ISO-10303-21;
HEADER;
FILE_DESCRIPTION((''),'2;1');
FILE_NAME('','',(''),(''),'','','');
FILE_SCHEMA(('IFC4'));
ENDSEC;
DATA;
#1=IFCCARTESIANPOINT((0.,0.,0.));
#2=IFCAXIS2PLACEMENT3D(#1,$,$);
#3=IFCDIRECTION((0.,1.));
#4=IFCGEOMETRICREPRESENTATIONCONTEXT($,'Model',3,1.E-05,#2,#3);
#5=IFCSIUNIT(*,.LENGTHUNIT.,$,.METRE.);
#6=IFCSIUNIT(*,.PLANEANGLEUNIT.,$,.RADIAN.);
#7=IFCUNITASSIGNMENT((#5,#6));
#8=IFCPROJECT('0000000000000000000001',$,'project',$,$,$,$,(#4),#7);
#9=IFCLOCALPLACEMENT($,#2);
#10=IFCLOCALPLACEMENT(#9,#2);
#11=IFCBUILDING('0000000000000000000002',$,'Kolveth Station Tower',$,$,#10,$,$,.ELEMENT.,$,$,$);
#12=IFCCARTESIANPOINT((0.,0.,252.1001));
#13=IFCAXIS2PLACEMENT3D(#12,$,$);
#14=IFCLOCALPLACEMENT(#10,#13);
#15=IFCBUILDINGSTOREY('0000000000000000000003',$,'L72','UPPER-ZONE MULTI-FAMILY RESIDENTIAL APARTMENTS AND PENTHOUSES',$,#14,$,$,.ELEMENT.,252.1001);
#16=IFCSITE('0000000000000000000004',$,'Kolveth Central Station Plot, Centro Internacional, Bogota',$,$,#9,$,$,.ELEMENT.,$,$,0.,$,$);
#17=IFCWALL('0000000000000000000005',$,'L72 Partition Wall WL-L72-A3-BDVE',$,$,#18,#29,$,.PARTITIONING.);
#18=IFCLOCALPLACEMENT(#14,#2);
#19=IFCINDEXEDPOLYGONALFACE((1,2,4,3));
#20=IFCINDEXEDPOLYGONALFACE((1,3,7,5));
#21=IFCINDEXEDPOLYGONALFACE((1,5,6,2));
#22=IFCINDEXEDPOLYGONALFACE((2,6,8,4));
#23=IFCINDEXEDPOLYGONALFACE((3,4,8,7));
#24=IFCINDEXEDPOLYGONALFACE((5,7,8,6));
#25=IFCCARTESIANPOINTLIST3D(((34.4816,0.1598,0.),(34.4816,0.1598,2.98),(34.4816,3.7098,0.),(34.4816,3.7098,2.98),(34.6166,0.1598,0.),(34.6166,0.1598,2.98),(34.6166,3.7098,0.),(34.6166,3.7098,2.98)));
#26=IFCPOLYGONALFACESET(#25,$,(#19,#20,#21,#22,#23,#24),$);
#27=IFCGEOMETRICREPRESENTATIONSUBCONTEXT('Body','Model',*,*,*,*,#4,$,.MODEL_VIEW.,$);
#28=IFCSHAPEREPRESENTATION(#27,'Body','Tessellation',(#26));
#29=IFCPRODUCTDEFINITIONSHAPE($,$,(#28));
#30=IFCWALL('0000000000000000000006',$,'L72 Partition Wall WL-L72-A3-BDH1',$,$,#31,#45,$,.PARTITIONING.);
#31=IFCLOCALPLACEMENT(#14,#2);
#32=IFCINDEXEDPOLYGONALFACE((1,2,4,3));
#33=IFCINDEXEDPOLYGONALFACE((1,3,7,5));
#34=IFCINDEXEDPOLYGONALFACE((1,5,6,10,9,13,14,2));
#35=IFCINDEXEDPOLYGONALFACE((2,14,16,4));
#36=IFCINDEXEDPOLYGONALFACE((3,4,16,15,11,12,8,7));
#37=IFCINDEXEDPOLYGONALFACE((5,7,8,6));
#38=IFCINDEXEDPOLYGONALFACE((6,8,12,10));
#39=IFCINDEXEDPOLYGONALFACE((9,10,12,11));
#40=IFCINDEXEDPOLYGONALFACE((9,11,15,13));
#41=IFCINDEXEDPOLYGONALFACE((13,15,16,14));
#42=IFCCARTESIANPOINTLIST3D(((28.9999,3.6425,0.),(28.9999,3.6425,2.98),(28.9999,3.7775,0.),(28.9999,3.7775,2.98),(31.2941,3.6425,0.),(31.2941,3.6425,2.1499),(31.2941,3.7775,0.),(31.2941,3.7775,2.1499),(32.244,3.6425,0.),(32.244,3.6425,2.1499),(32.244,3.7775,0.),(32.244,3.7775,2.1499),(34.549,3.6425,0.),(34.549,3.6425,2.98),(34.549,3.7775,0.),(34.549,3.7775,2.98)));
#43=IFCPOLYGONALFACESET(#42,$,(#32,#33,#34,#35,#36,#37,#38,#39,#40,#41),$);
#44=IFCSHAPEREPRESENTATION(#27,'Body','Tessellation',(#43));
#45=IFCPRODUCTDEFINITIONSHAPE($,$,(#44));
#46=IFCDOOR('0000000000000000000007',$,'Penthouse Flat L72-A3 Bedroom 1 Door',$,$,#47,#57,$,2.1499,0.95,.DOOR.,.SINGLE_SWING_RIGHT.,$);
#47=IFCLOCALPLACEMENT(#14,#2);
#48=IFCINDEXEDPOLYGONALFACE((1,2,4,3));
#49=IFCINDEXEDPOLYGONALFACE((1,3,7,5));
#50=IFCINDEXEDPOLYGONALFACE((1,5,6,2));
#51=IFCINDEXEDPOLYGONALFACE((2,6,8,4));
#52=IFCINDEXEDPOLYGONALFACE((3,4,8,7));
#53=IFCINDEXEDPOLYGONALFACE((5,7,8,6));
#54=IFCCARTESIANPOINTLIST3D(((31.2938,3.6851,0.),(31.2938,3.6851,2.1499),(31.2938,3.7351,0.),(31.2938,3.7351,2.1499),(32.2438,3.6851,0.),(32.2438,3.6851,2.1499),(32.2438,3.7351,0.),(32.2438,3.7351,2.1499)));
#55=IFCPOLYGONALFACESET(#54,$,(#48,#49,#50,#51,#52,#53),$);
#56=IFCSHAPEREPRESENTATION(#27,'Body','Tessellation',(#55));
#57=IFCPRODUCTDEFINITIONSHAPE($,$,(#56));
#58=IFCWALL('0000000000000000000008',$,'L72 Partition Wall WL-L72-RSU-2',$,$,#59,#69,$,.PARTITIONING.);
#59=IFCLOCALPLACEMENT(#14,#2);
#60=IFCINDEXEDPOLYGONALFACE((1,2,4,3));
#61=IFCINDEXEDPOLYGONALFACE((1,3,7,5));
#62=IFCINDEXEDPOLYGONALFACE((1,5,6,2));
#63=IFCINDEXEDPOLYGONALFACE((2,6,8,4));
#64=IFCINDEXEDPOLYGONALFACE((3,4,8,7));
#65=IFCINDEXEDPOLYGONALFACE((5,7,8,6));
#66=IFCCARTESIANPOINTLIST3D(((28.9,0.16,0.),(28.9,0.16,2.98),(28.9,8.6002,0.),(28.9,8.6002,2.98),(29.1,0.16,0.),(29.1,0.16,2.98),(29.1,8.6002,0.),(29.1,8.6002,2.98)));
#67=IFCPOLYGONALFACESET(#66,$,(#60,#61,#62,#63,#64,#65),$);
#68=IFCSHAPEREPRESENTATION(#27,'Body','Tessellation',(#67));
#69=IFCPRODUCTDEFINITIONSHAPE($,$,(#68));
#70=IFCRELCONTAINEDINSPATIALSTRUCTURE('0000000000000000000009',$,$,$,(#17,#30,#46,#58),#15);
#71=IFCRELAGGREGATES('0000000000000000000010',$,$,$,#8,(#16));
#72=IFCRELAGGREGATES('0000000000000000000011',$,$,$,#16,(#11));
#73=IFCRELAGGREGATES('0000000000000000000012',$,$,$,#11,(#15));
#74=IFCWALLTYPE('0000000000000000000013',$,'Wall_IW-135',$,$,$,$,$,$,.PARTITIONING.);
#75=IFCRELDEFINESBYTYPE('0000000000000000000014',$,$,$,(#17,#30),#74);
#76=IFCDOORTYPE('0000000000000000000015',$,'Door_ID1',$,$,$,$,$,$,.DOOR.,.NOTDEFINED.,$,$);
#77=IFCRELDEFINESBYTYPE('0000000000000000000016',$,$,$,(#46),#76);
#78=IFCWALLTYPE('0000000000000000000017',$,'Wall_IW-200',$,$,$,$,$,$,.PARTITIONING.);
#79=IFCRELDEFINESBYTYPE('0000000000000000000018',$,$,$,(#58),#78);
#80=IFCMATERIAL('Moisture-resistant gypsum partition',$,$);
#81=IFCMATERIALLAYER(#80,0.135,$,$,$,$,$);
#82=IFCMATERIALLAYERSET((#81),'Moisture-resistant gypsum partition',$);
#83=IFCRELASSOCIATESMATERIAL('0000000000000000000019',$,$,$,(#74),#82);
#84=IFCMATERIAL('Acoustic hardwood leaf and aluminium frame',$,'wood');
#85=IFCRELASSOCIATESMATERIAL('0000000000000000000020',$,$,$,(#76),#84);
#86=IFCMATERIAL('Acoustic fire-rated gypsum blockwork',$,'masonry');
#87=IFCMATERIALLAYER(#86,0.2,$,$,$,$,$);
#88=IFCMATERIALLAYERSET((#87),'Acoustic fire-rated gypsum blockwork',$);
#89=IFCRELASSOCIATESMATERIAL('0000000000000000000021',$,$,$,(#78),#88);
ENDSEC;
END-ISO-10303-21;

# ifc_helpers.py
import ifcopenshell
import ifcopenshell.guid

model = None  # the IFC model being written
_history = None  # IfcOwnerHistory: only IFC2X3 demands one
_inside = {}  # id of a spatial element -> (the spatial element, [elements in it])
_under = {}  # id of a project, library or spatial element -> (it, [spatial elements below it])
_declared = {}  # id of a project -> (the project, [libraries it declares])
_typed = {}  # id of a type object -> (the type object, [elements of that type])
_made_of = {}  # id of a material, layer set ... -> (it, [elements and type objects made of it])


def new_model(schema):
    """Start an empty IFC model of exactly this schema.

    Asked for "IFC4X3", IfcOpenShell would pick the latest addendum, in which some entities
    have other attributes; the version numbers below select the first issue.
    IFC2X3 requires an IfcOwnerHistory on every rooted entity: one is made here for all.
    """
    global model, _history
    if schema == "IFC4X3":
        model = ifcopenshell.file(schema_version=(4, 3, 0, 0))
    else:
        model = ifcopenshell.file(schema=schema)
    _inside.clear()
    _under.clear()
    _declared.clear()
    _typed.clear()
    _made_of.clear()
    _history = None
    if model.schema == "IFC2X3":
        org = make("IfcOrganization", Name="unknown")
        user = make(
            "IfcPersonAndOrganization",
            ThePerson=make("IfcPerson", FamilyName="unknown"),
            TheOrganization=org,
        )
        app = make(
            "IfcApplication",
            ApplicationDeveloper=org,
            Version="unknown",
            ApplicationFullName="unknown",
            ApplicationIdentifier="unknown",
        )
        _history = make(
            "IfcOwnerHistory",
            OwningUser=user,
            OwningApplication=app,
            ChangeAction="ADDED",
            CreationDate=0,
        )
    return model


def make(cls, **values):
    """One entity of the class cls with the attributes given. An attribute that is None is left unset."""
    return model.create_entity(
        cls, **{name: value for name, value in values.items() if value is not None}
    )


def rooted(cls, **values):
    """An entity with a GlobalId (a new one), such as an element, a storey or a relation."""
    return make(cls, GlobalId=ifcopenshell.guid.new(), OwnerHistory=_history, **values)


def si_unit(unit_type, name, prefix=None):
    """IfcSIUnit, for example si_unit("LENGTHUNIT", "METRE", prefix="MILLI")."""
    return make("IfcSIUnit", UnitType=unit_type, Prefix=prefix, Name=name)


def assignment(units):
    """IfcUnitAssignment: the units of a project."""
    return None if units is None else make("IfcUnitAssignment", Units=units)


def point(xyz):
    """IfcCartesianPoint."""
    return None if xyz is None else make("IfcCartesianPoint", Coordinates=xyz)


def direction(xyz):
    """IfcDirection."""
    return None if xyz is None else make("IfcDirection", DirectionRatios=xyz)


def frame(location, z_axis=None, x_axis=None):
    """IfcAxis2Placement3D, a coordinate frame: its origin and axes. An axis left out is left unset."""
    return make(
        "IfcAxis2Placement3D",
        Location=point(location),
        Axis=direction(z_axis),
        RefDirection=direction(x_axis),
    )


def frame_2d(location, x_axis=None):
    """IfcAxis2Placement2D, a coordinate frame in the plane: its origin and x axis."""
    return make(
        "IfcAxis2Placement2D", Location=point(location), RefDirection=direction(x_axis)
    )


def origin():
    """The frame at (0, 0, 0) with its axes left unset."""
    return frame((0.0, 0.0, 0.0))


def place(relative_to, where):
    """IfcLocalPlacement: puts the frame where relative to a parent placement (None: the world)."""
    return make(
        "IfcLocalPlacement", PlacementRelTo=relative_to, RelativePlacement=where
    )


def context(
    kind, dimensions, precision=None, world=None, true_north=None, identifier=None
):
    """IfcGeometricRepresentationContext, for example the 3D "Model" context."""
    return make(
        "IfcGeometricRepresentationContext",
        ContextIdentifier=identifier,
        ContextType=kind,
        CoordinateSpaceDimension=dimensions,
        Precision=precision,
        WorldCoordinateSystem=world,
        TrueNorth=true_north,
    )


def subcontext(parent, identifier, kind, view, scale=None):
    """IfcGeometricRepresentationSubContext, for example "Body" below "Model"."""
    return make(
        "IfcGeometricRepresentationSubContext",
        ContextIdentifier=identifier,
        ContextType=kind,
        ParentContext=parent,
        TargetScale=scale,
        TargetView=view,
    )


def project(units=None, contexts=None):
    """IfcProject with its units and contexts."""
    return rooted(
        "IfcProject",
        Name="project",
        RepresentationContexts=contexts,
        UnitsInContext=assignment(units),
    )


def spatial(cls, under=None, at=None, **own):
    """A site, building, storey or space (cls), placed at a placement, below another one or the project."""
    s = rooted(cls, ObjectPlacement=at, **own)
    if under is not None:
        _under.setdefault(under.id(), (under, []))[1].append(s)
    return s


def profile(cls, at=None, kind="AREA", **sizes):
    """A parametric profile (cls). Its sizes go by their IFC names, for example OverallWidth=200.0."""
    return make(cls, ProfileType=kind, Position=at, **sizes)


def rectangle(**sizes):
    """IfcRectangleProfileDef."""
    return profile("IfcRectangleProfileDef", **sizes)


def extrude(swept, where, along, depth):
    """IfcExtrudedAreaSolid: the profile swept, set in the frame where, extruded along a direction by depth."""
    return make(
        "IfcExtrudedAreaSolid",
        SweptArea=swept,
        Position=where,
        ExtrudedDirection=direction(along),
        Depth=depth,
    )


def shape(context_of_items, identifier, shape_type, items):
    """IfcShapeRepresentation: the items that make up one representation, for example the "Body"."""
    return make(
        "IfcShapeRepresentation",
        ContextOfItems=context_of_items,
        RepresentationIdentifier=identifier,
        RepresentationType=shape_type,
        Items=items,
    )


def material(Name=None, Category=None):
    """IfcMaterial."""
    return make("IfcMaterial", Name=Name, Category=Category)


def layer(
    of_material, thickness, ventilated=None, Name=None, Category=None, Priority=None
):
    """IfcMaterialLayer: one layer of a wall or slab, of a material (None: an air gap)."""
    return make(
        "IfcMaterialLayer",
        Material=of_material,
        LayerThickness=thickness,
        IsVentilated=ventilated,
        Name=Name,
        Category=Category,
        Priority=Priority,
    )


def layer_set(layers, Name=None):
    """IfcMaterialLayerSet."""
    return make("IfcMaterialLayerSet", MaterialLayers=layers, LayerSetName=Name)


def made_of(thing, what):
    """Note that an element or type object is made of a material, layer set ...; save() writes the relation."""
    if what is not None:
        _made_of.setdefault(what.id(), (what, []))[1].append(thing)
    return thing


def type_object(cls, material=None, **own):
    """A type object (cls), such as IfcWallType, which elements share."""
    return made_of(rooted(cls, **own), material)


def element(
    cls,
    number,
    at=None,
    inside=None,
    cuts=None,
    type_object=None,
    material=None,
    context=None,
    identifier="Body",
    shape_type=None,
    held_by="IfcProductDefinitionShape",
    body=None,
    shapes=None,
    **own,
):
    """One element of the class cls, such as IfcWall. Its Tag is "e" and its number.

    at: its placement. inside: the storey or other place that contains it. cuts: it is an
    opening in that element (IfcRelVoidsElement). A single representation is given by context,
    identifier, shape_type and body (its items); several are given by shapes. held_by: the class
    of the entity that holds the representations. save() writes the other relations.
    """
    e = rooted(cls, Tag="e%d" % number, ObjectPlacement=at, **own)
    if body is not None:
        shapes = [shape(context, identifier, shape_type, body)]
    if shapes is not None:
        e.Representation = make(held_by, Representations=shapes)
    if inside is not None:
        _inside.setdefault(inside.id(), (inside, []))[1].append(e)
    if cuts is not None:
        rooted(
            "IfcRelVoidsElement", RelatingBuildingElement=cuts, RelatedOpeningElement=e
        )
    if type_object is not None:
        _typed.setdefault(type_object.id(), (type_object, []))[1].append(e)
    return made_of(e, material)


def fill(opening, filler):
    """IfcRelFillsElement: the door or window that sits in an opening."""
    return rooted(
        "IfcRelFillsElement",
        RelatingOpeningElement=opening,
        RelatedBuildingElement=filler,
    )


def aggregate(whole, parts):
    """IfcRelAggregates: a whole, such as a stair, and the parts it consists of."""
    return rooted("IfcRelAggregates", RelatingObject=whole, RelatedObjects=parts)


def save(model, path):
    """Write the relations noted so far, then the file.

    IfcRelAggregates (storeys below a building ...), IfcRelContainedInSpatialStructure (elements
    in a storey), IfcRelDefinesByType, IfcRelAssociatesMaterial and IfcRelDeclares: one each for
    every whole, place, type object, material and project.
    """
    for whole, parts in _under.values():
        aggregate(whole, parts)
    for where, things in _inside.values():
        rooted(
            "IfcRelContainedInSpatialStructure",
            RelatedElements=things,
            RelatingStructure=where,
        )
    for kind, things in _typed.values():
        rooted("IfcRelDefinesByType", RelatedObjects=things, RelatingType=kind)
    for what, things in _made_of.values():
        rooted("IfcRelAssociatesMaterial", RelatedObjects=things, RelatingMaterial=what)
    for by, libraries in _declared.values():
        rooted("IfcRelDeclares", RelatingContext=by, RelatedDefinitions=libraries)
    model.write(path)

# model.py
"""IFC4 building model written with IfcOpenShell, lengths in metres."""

from ifc_helpers import new_model, si_unit, direction, frame, frame_2d, origin, place, context, subcontext, project, spatial, rectangle, extrude, material, layer, layer_set, type_object, element, fill, save


model = new_model("IFC4")

# Units and contexts
model_context = context("Model", 3, precision=1e-05, world=origin(), true_north=direction((0.0, 1.0)))
body_context = subcontext(model_context, "Body", "Model", "MODEL_VIEW")
ifc_project = project(units=[si_unit("LENGTHUNIT", "METRE"), si_unit("PLANEANGLEUNIT", "RADIAN")], contexts=[model_context])

# Site, building, storey
site_placement = place(None, origin())
site = spatial("IfcSite", under=ifc_project, at=site_placement, Name="Kolveth Central Station Plot, Centro Internacional, Bogota", CompositionType="ELEMENT", RefElevation=0.0)
building_placement = place(site_placement, origin())
building = spatial("IfcBuilding", under=site, at=building_placement, Name="Kolveth Station Tower", CompositionType="ELEMENT")
storey_placement = place(building_placement, frame((0.0, 0.0, 252.1001)))
storey = spatial("IfcBuildingStorey", under=building, at=storey_placement, Name="L72", Description="UPPER-ZONE MULTI-FAMILY RESIDENTIAL APARTMENTS AND PENTHOUSES", CompositionType="ELEMENT", Elevation=252.1001)

# Shared definitions
ifc_material_1 = material(Name="Moisture-resistant gypsum partition")
ifc_layer_1 = layer(ifc_material_1, 0.135)
ifc_layer_set_1 = layer_set([ifc_layer_1], Name="Moisture-resistant gypsum partition")
wall_type_1 = type_object("IfcWallType", Name="Wall_IW-135", PredefinedType="PARTITIONING", material=ifc_layer_set_1)

# Wall
for number, where, z_axis, x_axis, name in (
    (1, (34.5491, 0.1599, 0.0), (0.0, 0.0, 1.0), (0.0, 1.0, 0.0), "L72 Partition Wall WL-L72-A3-BDVE"),
):
    element("IfcWall", number, at=place(storey_placement, frame(where, z_axis=z_axis, x_axis=x_axis)), inside=storey, type_object=wall_type_1, Name=name, PredefinedType="PARTITIONING", context=body_context, shape_type="SweptSolid", body=[
        extrude(rectangle(XDim=3.55, YDim=0.135, at=frame_2d((1.7749, 0.0))), origin(), (0.0, 0.0, 1.0), 2.98),
    ])

# Wall, opening, door
wall_1_placement = place(storey_placement, frame((29.0, 3.71, 0.0), z_axis=(0.0, 0.0, 1.0), x_axis=(1.0, 0.0, 0.0)))
wall_1 = element("IfcWall", 2, at=wall_1_placement, inside=storey, type_object=wall_type_1, Name="L72 Partition Wall WL-L72-A3-BDH1", PredefinedType="PARTITIONING", context=body_context, shape_type="SweptSolid", body=[
    extrude(rectangle(XDim=5.5491, YDim=0.135, at=frame_2d((2.7744, 0.0))), origin(), (0.0, 0.0, 1.0), 2.98),
])
opening_1_placement = place(wall_1_placement, frame((2.2939, 0.0, 0.0)))
opening_1 = element("IfcOpeningElement", 3, at=opening_1_placement, cuts=wall_1, PredefinedType="OPENING", context=body_context, shape_type="SweptSolid", body=[
    extrude(rectangle(XDim=0.95, YDim=2.1499, at=frame_2d((0.4751, 1.075))), frame((0.0, 0.0774, 0.0), z_axis=(0.0, -1.0, 0.0), x_axis=(1.0, 0.0, 0.0)), (0.0, 0.0, 1.0), 0.155),
])
ifc_material_2 = material(Name="Acoustic hardwood leaf and aluminium frame", Category="wood")
door_type_1 = type_object("IfcDoorType", Name="Door_ID1", OperationType="NOTDEFINED", PredefinedType="DOOR", material=ifc_material_2)
door_1_placement = place(opening_1_placement, frame((0.95, 0.0, 0.0), z_axis=(0.0, 0.0, 1.0), x_axis=(-1.0, 0.0, 0.0)))
door_1 = element("IfcDoor", 4, at=door_1_placement, inside=storey, type_object=door_type_1, Name="Penthouse Flat L72-A3 Bedroom 1 Door", OperationType="SINGLE_SWING_RIGHT", OverallHeight=2.1499, OverallWidth=0.95, PredefinedType="DOOR", context=body_context, shape_type="SweptSolid", body=[
    extrude(rectangle(XDim=0.95, YDim=2.1499, at=frame_2d((0.4751, 1.075))), frame((0.0, 0.0249, 0.0), z_axis=(0.0, -1.0, 0.0), x_axis=(1.0, 0.0, 0.0)), (0.0, 0.0, 1.0), 0.05),
])
fill(opening_1, door_1)

# Wall
ifc_material_3 = material(Name="Acoustic fire-rated gypsum blockwork", Category="masonry")
ifc_layer_2 = layer(ifc_material_3, 0.2)
ifc_layer_set_2 = layer_set([ifc_layer_2], Name="Acoustic fire-rated gypsum blockwork")
wall_type_2 = type_object("IfcWallType", Name="Wall_IW-200", PredefinedType="PARTITIONING", material=ifc_layer_set_2)
wall_2_placement = place(storey_placement, frame((29.0, 0.1599, 0.0), z_axis=(0.0, 0.0, 1.0), x_axis=(0.0, 1.0, 0.0)))
element("IfcWall", 5, at=wall_2_placement, inside=storey, type_object=wall_type_2, Name="L72 Partition Wall WL-L72-RSU-2", PredefinedType="PARTITIONING", context=body_context, shape_type="SweptSolid", body=[
    extrude(rectangle(XDim=8.4402, YDim=0.2, at=frame_2d((4.2202, 0.0))), origin(), (0.0, 0.0, 1.0), 2.98),
])

save(model, "model.ifc")
